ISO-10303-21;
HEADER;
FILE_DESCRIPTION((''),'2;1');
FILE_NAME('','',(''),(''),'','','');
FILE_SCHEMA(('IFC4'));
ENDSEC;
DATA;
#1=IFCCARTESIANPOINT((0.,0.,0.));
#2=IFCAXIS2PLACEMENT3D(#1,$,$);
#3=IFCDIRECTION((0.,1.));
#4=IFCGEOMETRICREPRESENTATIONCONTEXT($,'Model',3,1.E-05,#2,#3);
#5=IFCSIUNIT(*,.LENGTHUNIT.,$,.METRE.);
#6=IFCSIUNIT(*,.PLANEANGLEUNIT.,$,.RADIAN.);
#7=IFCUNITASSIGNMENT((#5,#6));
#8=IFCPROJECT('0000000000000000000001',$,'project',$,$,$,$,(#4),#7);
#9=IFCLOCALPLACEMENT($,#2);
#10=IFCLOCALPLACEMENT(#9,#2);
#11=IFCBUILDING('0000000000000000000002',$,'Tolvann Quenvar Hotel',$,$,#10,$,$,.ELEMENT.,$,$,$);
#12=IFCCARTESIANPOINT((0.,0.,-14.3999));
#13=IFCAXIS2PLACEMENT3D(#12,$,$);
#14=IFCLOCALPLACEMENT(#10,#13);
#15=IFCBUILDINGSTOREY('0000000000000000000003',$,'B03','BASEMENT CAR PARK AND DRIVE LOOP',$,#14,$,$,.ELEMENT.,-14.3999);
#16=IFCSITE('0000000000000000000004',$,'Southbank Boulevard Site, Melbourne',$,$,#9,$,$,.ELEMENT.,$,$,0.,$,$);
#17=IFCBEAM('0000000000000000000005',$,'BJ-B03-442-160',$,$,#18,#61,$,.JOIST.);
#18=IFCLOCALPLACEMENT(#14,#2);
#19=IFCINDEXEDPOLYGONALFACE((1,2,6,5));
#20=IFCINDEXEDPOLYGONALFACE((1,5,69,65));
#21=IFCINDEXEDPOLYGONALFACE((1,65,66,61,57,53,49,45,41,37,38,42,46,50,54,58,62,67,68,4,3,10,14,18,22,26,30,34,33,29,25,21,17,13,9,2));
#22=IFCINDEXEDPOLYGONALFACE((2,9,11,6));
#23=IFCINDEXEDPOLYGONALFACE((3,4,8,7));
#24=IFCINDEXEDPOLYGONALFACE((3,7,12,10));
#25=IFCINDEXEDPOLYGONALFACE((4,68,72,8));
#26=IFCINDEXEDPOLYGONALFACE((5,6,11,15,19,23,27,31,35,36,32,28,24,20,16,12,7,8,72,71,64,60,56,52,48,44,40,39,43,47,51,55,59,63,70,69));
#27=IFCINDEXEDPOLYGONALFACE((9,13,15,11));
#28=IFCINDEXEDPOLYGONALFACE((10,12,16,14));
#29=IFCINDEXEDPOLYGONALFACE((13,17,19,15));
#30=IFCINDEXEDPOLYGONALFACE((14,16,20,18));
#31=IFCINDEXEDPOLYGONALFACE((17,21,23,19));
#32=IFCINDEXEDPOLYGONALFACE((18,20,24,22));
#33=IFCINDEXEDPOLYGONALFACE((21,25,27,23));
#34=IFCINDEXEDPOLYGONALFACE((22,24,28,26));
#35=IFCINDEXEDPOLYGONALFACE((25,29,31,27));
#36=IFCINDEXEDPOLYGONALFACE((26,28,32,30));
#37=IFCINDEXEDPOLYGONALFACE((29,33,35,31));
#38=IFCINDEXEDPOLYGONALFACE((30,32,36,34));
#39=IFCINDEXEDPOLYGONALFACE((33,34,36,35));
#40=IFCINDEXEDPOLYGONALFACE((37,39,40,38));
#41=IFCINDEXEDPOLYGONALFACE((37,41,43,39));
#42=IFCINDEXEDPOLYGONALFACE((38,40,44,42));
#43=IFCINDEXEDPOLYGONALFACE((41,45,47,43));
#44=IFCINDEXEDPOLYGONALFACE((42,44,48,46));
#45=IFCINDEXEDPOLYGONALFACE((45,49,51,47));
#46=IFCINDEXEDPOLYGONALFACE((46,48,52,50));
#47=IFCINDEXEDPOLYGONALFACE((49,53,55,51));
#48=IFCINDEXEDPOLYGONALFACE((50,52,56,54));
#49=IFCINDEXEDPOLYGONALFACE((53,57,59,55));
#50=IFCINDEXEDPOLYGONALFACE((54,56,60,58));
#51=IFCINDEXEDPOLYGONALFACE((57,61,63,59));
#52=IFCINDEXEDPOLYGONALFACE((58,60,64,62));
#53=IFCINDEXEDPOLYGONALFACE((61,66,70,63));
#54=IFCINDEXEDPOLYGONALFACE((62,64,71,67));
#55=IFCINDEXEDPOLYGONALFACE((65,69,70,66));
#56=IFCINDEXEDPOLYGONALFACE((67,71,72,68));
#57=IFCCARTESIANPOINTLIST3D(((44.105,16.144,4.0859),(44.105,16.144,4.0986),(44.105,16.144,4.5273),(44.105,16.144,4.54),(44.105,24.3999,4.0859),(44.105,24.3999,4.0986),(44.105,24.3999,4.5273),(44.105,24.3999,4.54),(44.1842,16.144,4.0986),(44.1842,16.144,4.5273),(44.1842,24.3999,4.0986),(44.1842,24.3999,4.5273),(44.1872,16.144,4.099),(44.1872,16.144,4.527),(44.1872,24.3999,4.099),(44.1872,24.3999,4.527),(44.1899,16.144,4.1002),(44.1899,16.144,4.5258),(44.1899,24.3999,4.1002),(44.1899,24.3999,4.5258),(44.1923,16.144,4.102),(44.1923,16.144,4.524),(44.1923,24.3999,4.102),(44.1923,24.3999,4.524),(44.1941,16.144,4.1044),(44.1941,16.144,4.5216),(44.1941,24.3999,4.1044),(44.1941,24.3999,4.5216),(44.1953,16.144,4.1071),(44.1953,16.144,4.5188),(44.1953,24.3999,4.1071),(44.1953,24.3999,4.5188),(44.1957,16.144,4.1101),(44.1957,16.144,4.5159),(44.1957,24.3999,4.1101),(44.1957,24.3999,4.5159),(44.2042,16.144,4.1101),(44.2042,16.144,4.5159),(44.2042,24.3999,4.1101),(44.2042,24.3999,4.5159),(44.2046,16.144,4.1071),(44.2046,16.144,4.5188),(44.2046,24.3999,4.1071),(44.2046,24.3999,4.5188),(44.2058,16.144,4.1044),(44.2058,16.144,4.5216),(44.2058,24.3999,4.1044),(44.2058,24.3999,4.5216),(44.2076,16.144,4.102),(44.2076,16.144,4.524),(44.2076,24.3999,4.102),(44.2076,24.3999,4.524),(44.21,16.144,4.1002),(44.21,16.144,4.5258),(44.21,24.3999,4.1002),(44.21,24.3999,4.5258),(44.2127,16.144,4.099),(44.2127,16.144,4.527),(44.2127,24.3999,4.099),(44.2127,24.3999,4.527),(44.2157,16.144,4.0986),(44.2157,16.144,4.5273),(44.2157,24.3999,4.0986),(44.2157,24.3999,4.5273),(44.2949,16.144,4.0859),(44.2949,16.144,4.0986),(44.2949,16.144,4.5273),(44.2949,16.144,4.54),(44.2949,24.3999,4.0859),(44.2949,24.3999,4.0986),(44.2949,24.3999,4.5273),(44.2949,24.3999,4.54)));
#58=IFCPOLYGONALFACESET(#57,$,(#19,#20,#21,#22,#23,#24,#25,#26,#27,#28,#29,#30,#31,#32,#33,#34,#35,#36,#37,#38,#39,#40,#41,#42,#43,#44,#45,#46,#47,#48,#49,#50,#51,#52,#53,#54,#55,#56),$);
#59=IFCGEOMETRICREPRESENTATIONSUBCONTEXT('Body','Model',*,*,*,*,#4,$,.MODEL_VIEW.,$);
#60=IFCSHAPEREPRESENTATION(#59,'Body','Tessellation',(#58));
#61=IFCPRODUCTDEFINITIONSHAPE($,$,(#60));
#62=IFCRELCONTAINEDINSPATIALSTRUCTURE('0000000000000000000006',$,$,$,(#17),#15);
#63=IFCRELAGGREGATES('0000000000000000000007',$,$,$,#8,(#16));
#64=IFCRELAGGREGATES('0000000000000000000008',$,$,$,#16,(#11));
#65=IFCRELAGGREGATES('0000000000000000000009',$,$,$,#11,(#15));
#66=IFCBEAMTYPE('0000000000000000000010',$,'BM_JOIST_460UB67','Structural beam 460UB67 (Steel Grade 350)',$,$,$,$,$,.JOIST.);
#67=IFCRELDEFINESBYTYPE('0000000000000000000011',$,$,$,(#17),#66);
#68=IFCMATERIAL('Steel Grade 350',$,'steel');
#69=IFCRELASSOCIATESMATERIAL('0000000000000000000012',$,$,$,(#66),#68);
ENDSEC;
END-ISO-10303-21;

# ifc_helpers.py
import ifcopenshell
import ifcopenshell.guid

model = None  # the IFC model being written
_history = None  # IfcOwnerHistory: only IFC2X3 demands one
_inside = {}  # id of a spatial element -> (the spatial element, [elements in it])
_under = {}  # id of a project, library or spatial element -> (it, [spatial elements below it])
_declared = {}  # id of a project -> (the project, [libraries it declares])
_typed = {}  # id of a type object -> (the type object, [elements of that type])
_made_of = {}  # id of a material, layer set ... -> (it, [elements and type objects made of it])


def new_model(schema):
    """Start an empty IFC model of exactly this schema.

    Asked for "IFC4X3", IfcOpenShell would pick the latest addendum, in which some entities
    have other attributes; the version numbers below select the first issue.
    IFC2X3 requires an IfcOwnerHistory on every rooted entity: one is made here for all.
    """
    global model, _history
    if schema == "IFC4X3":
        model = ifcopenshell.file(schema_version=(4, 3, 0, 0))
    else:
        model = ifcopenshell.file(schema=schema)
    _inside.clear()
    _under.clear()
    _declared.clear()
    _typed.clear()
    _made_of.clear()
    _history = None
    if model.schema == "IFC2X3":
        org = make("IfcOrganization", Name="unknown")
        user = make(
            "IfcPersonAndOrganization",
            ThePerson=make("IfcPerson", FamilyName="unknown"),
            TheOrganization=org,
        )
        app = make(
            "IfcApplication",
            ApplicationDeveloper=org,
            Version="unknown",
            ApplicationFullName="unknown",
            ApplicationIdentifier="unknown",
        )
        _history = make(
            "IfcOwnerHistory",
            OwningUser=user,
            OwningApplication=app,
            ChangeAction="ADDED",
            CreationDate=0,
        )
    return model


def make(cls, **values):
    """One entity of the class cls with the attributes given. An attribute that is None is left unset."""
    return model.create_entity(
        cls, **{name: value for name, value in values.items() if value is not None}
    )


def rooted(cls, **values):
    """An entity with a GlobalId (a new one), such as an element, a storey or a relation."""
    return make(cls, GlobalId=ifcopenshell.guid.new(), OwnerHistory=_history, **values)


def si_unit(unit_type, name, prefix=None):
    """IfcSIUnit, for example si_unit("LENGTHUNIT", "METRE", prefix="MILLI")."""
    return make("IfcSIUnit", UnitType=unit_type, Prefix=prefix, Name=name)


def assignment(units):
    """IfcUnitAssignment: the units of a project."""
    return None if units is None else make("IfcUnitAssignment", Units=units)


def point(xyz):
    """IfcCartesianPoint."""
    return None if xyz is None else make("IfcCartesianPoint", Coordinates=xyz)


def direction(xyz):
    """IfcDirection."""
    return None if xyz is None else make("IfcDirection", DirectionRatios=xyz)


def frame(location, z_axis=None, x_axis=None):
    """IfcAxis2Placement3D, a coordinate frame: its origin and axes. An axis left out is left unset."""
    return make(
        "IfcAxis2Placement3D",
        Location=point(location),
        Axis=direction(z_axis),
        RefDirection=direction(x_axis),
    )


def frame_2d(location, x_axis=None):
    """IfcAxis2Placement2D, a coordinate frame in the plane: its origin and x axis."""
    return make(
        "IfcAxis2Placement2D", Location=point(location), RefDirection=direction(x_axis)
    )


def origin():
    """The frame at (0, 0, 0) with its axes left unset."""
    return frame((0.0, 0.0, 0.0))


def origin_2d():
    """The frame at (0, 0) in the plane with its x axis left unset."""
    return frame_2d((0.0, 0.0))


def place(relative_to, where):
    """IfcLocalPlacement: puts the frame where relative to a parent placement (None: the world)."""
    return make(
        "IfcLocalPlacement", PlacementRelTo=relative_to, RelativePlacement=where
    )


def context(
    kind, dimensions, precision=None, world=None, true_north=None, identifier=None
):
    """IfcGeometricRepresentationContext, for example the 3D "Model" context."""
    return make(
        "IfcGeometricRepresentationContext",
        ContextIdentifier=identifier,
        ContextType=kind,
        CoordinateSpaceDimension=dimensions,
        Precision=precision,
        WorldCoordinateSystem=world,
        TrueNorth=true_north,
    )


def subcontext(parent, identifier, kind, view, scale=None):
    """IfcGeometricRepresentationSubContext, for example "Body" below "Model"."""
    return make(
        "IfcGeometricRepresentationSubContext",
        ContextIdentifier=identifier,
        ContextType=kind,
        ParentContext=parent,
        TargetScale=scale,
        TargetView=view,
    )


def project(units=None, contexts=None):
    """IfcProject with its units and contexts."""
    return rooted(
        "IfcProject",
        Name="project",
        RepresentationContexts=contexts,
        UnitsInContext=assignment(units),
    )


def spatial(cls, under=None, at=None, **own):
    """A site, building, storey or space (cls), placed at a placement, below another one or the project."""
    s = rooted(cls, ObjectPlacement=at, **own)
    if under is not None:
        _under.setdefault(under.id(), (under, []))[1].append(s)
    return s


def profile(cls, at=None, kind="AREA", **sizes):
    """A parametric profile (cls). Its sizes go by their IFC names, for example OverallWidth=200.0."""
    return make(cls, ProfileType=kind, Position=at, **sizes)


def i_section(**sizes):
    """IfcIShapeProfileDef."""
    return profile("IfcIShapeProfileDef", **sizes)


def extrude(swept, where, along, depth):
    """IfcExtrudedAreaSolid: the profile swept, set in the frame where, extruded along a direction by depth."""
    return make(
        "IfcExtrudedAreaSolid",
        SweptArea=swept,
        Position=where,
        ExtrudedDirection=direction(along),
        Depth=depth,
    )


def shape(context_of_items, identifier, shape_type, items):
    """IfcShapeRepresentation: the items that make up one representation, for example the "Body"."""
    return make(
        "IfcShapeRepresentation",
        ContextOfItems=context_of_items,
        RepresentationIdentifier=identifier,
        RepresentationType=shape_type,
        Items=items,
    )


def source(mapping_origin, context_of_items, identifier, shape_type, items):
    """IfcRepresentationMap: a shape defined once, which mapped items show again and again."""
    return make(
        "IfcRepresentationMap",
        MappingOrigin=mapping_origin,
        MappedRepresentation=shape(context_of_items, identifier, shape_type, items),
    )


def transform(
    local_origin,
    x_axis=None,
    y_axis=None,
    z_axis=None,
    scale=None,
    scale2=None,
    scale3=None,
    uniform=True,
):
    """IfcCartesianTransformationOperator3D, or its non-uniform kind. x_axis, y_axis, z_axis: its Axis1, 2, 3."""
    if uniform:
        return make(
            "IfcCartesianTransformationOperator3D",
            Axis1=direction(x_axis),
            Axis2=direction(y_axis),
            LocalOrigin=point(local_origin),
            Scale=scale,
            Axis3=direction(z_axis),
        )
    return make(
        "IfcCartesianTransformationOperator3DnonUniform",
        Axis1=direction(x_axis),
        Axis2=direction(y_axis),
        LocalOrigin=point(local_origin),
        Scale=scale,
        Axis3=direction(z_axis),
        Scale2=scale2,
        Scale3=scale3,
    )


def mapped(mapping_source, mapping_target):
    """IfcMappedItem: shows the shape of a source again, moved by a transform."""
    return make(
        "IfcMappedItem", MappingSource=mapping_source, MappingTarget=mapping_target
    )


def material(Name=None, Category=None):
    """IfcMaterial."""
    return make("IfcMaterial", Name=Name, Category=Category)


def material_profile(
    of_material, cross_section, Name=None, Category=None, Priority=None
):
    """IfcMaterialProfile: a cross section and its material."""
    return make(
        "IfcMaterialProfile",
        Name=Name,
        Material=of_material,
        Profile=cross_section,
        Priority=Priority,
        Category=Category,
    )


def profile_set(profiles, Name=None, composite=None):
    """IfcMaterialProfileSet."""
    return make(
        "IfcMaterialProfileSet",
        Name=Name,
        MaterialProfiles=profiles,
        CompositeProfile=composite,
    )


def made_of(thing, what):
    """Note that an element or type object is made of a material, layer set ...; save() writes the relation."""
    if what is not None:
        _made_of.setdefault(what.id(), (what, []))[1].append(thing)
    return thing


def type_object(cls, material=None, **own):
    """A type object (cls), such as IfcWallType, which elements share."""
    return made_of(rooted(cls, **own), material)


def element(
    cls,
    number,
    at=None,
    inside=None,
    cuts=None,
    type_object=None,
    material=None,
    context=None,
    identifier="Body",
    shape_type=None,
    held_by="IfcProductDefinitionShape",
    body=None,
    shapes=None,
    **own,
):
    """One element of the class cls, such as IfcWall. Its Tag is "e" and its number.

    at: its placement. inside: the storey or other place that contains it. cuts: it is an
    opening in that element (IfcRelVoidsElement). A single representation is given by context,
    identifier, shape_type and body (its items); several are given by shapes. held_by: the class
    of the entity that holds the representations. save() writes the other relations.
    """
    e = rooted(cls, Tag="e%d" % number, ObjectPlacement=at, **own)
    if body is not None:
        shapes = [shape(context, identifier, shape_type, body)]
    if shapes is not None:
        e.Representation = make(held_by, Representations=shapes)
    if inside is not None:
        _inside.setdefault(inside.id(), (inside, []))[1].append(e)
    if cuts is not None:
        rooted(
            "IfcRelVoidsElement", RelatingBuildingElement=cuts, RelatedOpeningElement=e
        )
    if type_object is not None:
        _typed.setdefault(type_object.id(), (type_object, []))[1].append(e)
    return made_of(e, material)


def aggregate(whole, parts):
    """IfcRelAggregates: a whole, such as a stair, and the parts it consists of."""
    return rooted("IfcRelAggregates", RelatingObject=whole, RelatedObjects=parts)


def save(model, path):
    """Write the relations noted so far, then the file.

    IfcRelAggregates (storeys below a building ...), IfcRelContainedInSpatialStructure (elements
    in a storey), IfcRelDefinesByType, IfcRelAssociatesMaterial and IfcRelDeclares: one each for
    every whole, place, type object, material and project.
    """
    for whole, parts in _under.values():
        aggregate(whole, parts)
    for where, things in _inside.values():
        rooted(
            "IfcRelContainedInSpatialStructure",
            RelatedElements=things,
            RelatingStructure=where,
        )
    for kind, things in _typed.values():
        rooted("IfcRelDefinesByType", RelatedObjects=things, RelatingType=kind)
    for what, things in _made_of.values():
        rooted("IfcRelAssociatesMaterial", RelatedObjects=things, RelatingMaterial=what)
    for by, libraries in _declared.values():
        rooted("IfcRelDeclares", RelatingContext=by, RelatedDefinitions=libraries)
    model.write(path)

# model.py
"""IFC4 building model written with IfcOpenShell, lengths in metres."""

from ifc_helpers import new_model, si_unit, direction, frame, origin, origin_2d, place, context, subcontext, project, spatial, i_section, extrude, source, transform, mapped, material, material_profile, profile_set, type_object, element, save


model = new_model("IFC4")

# Units and contexts
model_context = context("Model", 3, precision=1e-05, world=origin(), true_north=direction((0.0, 1.0)))
body_context = subcontext(model_context, "Body", "Model", "MODEL_VIEW")
ifc_project = project(units=[si_unit("LENGTHUNIT", "METRE"), si_unit("PLANEANGLEUNIT", "RADIAN")], contexts=[model_context])

# Site, building, storey
site_placement = place(None, origin())
site = spatial("IfcSite", under=ifc_project, at=site_placement, Name="Southbank Boulevard Site, Melbourne", CompositionType="ELEMENT", RefElevation=0.0)
building_placement = place(site_placement, origin())
building = spatial("IfcBuilding", under=site, at=building_placement, Name="Tolvann Quenvar Hotel", CompositionType="ELEMENT")
storey_placement = place(building_placement, frame((0.0, 0.0, -14.3999)))
storey = spatial("IfcBuildingStorey", under=building, at=storey_placement, Name="B03", Description="BASEMENT CAR PARK AND DRIVE LOOP", CompositionType="ELEMENT", Elevation=-14.3999)

# Beam
ifc_material_1 = material(Name="Steel Grade 350", Category="steel")
ifc_material_profile_1 = material_profile(ifc_material_1, i_section(OverallWidth=0.1899, OverallDepth=0.4541, WebThickness=0.0085, FlangeThickness=0.0127, FilletRadius=0.0115, at=origin_2d()), Name="460UB67")
ifc_profile_set_1 = profile_set([ifc_material_profile_1], Name="Steel Grade 350")
beam_type_1 = type_object("IfcBeamType", Name="BM_JOIST_460UB67", Description="Structural beam 460UB67 (Steel Grade 350)", PredefinedType="JOIST", material=ifc_profile_set_1)
shared_shape_1 = source(origin(), body_context, "Body", "SweptSolid", [
    extrude(i_section(OverallWidth=0.1899, OverallDepth=0.4541, WebThickness=0.0085, FlangeThickness=0.0127, FilletRadius=0.0115, at=origin_2d()), origin(), (0.0, 0.0, 1.0), 8.2559),
])
for number, where, z_axis, x_axis, name in (
    (1, (44.2, 16.144, 4.313), (0.0, 1.0, 0.0), (-1.0, 0.0, 0.0), "BJ-B03-442-160"),
):
    element("IfcBeam", number, at=place(storey_placement, frame(where, z_axis=z_axis, x_axis=x_axis)), inside=storey, type_object=beam_type_1, Name=name, PredefinedType="JOIST", context=body_context, shape_type="MappedRepresentation", body=[
        mapped(shared_shape_1, transform((0.0, 0.0, 0.0), x_axis=(1.0, 0.0, 0.0), y_axis=(0.0, 1.0, 0.0), z_axis=(0.0, 0.0, 1.0), scale=1.0)),
    ])

save(model, "model.ifc")
